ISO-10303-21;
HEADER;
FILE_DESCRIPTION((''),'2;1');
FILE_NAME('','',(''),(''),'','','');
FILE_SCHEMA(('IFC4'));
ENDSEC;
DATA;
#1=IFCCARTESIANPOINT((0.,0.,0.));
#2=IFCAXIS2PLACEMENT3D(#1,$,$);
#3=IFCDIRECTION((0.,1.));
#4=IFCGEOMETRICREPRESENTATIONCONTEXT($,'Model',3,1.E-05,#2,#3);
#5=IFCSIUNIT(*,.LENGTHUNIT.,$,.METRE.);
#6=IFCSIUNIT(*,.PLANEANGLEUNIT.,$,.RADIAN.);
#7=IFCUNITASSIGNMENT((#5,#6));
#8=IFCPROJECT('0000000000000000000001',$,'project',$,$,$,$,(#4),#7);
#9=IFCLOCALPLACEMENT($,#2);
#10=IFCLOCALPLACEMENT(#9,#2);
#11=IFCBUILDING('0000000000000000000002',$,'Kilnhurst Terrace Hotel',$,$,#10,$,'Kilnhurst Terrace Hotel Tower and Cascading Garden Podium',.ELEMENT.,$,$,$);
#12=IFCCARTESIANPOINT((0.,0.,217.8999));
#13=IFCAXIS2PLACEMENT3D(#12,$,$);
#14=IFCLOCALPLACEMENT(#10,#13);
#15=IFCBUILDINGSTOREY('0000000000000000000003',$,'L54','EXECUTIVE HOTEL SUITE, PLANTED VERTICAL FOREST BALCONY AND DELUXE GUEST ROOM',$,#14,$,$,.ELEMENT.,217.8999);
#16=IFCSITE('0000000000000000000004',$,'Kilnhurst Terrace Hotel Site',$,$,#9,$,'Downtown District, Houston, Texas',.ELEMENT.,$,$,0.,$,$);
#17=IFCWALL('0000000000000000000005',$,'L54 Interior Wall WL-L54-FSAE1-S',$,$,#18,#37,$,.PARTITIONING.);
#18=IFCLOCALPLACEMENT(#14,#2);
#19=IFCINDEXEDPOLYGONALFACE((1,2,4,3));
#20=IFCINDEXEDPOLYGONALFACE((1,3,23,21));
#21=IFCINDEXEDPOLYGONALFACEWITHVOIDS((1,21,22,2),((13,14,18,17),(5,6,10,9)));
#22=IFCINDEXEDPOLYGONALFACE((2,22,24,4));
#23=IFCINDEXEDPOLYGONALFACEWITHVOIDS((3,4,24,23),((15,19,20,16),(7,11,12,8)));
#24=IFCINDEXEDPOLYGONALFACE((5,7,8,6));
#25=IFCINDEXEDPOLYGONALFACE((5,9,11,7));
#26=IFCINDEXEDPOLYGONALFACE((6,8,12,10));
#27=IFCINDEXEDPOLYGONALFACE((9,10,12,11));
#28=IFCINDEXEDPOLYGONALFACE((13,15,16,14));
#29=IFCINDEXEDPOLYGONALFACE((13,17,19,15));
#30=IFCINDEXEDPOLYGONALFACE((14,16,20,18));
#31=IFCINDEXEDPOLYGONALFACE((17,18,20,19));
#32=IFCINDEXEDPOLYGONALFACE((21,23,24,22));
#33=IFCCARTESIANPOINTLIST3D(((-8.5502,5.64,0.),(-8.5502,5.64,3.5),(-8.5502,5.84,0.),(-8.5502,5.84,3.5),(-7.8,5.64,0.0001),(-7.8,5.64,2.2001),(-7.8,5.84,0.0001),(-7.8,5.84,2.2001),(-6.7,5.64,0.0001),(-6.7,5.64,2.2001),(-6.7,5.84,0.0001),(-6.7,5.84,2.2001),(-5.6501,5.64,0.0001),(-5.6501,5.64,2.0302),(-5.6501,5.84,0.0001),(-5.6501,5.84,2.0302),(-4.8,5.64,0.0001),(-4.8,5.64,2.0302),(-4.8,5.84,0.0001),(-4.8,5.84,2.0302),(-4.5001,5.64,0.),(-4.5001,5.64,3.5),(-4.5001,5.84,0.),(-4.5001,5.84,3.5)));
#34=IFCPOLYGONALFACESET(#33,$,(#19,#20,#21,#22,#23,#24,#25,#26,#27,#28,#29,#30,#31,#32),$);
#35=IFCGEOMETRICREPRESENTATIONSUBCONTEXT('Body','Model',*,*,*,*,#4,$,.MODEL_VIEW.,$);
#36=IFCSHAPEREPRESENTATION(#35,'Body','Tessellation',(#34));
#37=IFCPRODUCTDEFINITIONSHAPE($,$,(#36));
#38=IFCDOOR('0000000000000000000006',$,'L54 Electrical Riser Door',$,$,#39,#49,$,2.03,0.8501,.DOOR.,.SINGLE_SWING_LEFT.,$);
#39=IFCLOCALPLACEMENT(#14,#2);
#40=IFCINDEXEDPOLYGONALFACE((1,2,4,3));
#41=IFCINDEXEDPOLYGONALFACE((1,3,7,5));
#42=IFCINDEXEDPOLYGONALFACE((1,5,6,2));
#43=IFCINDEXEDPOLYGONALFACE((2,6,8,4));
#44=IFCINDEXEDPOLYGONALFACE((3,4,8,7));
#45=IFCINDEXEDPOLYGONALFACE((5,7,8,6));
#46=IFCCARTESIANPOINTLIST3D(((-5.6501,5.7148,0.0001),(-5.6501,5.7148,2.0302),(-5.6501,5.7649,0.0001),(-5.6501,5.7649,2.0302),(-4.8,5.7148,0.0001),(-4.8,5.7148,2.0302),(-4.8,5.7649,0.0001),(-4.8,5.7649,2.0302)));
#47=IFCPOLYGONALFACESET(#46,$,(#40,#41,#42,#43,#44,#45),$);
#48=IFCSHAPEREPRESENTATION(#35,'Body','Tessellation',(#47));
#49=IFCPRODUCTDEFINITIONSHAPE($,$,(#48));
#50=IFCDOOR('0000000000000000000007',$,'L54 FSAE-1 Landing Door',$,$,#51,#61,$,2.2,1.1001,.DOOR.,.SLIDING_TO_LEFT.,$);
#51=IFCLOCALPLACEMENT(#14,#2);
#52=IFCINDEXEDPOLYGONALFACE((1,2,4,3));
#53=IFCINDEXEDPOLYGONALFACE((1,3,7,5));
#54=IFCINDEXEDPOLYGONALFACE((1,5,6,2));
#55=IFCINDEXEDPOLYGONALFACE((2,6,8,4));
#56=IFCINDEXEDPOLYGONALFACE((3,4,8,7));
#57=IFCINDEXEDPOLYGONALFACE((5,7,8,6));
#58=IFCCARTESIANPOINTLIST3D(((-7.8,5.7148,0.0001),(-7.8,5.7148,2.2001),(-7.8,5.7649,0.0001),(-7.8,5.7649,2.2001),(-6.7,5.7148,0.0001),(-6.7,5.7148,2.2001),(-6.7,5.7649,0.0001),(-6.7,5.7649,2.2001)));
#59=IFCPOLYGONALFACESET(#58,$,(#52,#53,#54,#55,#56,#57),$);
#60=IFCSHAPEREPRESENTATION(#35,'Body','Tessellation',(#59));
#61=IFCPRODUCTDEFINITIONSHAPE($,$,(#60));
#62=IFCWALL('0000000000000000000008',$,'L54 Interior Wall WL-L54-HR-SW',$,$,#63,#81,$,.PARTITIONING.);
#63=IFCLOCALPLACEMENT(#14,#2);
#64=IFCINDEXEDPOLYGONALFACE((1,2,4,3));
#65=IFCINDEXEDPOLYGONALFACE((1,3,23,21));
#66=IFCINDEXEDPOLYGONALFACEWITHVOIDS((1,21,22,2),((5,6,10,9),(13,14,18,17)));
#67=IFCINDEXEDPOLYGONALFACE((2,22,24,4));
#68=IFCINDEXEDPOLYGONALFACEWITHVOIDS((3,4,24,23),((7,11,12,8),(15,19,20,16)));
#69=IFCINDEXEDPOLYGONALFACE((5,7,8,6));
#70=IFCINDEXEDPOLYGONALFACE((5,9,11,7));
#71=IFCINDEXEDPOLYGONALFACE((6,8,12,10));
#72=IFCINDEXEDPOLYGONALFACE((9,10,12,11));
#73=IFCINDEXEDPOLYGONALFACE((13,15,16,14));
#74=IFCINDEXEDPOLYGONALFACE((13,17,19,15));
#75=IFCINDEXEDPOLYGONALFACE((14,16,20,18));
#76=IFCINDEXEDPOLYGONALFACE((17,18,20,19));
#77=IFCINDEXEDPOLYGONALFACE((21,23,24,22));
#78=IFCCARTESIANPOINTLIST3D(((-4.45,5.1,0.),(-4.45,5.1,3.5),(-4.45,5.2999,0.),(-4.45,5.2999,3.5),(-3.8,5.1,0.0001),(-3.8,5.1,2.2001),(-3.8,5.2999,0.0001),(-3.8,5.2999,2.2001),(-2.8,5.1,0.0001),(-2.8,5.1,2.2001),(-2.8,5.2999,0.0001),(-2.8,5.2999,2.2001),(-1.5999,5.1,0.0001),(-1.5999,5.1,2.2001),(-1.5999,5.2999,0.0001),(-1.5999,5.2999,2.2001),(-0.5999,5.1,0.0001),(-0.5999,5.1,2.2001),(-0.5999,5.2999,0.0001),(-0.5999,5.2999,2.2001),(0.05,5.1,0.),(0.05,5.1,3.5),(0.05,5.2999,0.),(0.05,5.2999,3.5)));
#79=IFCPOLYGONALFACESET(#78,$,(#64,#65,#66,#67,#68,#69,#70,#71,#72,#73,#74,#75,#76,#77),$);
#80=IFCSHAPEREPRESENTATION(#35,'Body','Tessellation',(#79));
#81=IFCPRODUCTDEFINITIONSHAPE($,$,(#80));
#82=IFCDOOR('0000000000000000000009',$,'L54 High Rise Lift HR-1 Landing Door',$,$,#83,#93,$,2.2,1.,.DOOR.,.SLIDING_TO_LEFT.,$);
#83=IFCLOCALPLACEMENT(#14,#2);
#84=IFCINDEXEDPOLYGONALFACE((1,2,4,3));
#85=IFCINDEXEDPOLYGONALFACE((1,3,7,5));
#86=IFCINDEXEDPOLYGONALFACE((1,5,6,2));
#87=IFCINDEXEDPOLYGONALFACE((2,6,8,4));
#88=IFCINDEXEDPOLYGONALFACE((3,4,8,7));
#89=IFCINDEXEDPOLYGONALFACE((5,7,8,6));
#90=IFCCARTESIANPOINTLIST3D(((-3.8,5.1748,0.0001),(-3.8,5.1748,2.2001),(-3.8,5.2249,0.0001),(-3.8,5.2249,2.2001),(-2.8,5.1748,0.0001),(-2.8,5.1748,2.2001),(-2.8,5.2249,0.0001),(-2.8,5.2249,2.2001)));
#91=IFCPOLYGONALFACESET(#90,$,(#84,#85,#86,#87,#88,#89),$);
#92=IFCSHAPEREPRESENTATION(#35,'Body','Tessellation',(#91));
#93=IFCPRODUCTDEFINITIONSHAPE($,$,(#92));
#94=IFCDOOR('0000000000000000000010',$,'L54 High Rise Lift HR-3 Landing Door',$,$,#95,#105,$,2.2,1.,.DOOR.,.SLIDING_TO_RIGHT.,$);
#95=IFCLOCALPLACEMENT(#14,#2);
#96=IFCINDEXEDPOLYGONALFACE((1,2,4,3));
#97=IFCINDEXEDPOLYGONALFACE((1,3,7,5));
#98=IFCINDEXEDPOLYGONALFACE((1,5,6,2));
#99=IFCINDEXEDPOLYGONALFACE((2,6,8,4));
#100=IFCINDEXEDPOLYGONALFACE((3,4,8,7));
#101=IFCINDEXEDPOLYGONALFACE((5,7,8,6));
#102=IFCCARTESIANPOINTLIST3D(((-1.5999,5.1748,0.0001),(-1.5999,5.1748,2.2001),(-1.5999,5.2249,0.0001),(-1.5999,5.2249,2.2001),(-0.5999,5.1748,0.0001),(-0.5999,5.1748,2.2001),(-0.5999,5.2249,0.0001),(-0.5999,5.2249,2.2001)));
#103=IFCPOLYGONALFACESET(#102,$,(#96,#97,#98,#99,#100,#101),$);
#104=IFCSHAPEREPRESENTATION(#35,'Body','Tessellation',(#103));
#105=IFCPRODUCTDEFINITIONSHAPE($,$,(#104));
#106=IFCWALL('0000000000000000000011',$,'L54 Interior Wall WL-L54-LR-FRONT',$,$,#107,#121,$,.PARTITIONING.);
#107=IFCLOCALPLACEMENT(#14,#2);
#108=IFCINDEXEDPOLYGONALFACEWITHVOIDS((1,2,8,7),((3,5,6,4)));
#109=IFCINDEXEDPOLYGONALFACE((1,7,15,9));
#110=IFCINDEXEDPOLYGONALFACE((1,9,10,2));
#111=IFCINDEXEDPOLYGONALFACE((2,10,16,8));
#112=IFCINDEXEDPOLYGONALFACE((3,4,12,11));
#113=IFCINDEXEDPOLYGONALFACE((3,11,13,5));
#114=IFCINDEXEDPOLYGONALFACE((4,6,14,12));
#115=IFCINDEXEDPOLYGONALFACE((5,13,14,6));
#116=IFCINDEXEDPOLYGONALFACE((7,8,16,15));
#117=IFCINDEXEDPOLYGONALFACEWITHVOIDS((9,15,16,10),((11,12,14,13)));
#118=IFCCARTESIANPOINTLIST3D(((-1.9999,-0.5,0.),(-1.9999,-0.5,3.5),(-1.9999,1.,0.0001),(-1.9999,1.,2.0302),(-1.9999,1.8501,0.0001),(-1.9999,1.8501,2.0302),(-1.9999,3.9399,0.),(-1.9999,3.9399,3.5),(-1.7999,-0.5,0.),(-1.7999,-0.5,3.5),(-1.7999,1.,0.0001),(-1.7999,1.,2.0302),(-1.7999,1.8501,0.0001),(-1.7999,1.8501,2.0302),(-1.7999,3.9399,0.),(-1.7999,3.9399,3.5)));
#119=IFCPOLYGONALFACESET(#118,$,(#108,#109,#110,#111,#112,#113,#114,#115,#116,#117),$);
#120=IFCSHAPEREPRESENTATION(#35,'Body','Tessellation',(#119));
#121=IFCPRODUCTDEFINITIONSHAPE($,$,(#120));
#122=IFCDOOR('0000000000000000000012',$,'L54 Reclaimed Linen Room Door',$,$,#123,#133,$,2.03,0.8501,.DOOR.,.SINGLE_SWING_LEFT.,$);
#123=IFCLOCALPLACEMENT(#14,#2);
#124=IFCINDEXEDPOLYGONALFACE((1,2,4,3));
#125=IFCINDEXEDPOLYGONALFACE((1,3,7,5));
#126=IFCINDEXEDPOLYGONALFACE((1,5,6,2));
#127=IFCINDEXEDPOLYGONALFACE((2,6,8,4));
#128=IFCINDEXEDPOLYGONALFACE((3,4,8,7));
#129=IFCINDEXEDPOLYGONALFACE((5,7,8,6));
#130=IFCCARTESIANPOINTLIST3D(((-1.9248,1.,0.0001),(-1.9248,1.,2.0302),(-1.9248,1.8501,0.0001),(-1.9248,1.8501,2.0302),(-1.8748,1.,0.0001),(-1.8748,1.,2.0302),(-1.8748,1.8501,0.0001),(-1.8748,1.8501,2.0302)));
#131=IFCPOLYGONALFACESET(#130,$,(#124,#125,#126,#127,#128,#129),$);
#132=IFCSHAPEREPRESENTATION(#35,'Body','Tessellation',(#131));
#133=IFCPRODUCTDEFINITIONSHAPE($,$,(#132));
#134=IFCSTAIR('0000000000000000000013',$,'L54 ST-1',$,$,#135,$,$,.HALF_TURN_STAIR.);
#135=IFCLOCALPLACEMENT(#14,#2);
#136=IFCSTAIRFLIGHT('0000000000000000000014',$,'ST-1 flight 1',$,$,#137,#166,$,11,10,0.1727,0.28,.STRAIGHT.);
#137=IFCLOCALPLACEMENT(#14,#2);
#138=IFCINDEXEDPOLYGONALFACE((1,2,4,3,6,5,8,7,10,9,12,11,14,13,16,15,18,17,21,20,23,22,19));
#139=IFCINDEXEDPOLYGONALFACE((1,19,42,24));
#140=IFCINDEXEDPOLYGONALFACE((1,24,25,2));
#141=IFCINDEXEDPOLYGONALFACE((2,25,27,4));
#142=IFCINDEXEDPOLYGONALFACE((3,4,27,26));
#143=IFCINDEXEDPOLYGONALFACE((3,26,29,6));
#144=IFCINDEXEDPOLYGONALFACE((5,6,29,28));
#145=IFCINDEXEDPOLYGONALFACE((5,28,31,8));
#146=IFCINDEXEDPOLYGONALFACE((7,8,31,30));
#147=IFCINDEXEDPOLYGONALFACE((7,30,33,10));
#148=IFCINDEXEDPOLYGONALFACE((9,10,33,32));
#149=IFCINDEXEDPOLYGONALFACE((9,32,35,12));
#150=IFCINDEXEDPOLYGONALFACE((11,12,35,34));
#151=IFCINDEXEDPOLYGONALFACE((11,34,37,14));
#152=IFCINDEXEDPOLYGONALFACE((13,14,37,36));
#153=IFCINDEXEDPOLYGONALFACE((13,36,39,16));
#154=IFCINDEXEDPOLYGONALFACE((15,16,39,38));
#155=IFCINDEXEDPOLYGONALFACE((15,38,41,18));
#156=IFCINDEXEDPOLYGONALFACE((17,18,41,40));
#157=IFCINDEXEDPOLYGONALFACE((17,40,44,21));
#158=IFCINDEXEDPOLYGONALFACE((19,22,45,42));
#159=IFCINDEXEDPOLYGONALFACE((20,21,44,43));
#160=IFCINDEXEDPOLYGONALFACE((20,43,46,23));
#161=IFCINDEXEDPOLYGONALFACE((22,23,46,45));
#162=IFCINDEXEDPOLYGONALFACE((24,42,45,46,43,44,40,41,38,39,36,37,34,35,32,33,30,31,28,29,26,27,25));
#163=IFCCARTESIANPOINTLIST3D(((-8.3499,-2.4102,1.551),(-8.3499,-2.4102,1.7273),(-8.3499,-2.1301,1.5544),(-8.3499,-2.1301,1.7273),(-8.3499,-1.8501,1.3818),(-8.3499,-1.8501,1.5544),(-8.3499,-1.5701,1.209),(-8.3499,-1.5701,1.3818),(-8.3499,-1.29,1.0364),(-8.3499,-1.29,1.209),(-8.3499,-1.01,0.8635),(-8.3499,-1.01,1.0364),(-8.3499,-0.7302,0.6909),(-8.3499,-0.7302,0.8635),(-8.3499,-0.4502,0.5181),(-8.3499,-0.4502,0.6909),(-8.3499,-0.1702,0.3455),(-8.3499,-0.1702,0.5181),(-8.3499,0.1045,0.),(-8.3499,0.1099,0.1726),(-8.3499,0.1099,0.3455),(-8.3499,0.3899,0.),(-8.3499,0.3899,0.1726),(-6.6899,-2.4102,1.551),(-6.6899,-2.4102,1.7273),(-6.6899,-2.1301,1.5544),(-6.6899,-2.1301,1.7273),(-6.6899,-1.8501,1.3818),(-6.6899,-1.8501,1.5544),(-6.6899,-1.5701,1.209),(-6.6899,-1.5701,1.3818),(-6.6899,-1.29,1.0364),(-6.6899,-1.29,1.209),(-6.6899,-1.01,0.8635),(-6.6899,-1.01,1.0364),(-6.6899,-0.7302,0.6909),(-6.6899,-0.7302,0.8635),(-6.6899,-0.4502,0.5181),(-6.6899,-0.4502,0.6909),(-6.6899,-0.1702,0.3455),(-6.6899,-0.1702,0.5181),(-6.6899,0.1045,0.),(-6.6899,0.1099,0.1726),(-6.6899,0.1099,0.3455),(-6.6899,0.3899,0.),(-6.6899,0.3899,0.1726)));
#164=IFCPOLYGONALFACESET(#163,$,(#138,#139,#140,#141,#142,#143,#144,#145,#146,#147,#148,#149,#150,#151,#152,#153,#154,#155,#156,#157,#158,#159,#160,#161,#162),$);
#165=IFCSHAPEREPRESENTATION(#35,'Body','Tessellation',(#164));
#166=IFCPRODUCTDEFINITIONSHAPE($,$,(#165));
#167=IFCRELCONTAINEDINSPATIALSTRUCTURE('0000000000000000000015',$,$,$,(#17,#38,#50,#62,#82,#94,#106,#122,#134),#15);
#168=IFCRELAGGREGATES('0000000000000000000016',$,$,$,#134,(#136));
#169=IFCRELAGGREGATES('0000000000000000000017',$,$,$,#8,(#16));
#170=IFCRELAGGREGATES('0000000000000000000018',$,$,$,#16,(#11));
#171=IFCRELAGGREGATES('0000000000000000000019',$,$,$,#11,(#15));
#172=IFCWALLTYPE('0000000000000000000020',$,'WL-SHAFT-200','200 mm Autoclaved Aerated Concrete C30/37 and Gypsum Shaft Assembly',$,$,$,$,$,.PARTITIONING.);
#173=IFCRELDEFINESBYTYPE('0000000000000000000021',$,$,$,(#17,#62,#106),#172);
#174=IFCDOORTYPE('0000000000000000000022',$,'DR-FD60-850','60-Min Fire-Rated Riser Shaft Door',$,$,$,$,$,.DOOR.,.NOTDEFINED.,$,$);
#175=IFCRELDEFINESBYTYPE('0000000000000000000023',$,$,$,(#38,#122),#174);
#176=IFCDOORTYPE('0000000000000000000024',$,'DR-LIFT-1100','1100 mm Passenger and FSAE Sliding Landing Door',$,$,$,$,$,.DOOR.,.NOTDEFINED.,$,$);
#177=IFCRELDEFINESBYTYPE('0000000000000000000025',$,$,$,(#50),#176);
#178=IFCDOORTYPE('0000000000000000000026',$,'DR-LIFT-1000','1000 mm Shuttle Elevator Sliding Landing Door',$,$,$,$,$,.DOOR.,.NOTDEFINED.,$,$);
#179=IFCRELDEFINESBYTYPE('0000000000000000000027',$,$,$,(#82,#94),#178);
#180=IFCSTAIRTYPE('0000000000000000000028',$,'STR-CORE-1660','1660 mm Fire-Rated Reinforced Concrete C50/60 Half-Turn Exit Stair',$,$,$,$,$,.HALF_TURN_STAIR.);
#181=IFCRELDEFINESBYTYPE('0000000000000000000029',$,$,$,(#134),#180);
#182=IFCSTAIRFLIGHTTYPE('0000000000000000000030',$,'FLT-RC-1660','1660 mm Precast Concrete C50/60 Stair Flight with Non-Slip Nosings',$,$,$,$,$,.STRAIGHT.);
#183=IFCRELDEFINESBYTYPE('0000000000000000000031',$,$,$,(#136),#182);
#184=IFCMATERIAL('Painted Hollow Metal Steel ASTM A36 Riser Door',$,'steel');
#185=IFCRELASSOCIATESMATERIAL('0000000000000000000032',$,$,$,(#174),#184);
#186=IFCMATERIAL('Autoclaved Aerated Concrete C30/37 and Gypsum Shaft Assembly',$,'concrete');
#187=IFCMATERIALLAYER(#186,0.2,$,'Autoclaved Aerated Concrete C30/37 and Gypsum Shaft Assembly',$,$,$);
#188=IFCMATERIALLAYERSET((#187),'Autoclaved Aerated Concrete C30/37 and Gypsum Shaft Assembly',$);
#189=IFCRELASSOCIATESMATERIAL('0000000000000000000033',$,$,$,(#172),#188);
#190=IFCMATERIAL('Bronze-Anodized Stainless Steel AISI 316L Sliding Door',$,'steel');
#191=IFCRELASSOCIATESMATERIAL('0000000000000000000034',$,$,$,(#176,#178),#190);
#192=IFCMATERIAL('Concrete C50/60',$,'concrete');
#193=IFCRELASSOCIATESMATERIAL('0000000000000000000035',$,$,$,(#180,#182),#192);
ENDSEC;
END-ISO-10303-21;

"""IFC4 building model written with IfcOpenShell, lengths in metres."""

from ifc_helpers import new_model, si_unit, direction, frame, frame_2d, origin, place, context, subcontext, project, spatial, polyline, rectangle, outline, extrude, material, layer, layer_set, type_object, element, fill, aggregate, save


model = new_model("IFC4")

# Units and contexts
model_context = context("Model", 3, precision=1e-05, world=origin(), true_north=direction((0.0, 1.0)))
body_context = subcontext(model_context, "Body", "Model", "MODEL_VIEW")
ifc_project = project(units=[si_unit("LENGTHUNIT", "METRE"), si_unit("PLANEANGLEUNIT", "RADIAN")], contexts=[model_context])

# Site, building, storey
site_placement = place(None, origin())
site = spatial("IfcSite", under=ifc_project, at=site_placement, Name="Kilnhurst Terrace Hotel Site", LongName="Downtown District, Houston, Texas", CompositionType="ELEMENT", RefElevation=0.0)
building_placement = place(site_placement, origin())
building = spatial("IfcBuilding", under=site, at=building_placement, Name="Kilnhurst Terrace Hotel", LongName="Kilnhurst Terrace Hotel Tower and Cascading Garden Podium", CompositionType="ELEMENT")
storey_placement = place(building_placement, frame((0.0, 0.0, 217.8999)))
storey = spatial("IfcBuildingStorey", under=building, at=storey_placement, Name="L54", Description="EXECUTIVE HOTEL SUITE, PLANTED VERTICAL FOREST BALCONY AND DELUXE GUEST ROOM", CompositionType="ELEMENT", Elevation=217.8999)

# Shared definitions
ifc_material_1 = material(Name="Concrete C50/60", Category="concrete")

# Walls, openings, doors
ifc_material_2 = material(Name="Painted Hollow Metal Steel ASTM A36 Riser Door", Category="steel")
door_type_1 = type_object("IfcDoorType", Name="DR-FD60-850", Description="60-Min Fire-Rated Riser Shaft Door", OperationType="NOTDEFINED", PredefinedType="DOOR", material=ifc_material_2)
ifc_material_3 = material(Name="Autoclaved Aerated Concrete C30/37 and Gypsum Shaft Assembly", Category="concrete")
ifc_layer_1 = layer(ifc_material_3, 0.2, Name="Autoclaved Aerated Concrete C30/37 and Gypsum Shaft Assembly")
ifc_layer_set_1 = layer_set([ifc_layer_1], Name="Autoclaved Aerated Concrete C30/37 and Gypsum Shaft Assembly")
wall_type_1 = type_object("IfcWallType", Name="WL-SHAFT-200", Description="200 mm Autoclaved Aerated Concrete C30/37 and Gypsum Shaft Assembly", PredefinedType="PARTITIONING", material=ifc_layer_set_1)
wall_1_placement = place(storey_placement, frame((-8.55, 5.74, 0.0), z_axis=(0.0, 0.0, 1.0), x_axis=(1.0, 0.0, 0.0)))
wall_1 = element("IfcWall", 1, at=wall_1_placement, inside=storey, type_object=wall_type_1, Name="L54 Interior Wall WL-L54-FSAE1-S", PredefinedType="PARTITIONING", context=body_context, shape_type="SweptSolid", body=[
    extrude(rectangle(XDim=4.05, YDim=0.2, at=frame_2d((2.0249, 0.0))), origin(), (0.0, 0.0, 1.0), 3.5),
])
opening_1_placement = place(wall_1_placement, frame((0.75, 0.0, 0.0)))
opening_1 = element("IfcOpeningElement", 2, at=opening_1_placement, cuts=wall_1, PredefinedType="OPENING", context=body_context, shape_type="SweptSolid", body=[
    extrude(rectangle(XDim=1.1001, YDim=2.2, at=frame_2d((0.55, 1.1001))), frame((0.0, 0.1099, 0.0), z_axis=(0.0, -1.0, 0.0), x_axis=(1.0, 0.0, 0.0)), (0.0, 0.0, 1.0), 0.22),
])
opening_2_placement = place(wall_1_placement, frame((2.8999, 0.0, 0.0)))
opening_2 = element("IfcOpeningElement", 3, at=opening_2_placement, cuts=wall_1, PredefinedType="OPENING", context=body_context, shape_type="SweptSolid", body=[
    extrude(rectangle(XDim=0.8501, YDim=2.03, at=frame_2d((0.425, 1.0151))), frame((0.0, 0.1099, 0.0), z_axis=(0.0, -1.0, 0.0), x_axis=(1.0, 0.0, 0.0)), (0.0, 0.0, 1.0), 0.22),
])
door_1_placement = place(opening_2_placement, origin())
door_1 = element("IfcDoor", 4, at=door_1_placement, inside=storey, type_object=door_type_1, Name="L54 Electrical Riser Door", OperationType="SINGLE_SWING_LEFT", OverallHeight=2.03, OverallWidth=0.8501, PredefinedType="DOOR", context=body_context, shape_type="SweptSolid", body=[
    extrude(rectangle(XDim=0.8501, YDim=2.03, at=frame_2d((0.425, 1.0151))), frame((0.0, 0.0249, 0.0), z_axis=(0.0, -1.0, 0.0), x_axis=(1.0, 0.0, 0.0)), (0.0, 0.0, 1.0), 0.05),
])
fill(opening_2, door_1)
ifc_material_4 = material(Name="Bronze-Anodized Stainless Steel AISI 316L Sliding Door", Category="steel")
door_type_2 = type_object("IfcDoorType", Name="DR-LIFT-1100", Description="1100 mm Passenger and FSAE Sliding Landing Door", OperationType="NOTDEFINED", PredefinedType="DOOR", material=ifc_material_4)
door_2_placement = place(opening_1_placement, origin())
door_2 = element("IfcDoor", 5, at=door_2_placement, inside=storey, type_object=door_type_2, Name="L54 FSAE-1 Landing Door", OperationType="SLIDING_TO_LEFT", OverallHeight=2.2, OverallWidth=1.1001, PredefinedType="DOOR", context=body_context, shape_type="SweptSolid", body=[
    extrude(rectangle(XDim=1.1001, YDim=2.2, at=frame_2d((0.55, 1.1001))), frame((0.0, 0.0249, 0.0), z_axis=(0.0, -1.0, 0.0), x_axis=(1.0, 0.0, 0.0)), (0.0, 0.0, 1.0), 0.05),
])
fill(opening_1, door_2)
wall_2_placement = place(storey_placement, frame((-4.45, 5.2, 0.0), z_axis=(0.0, 0.0, 1.0), x_axis=(1.0, 0.0, 0.0)))
wall_2 = element("IfcWall", 6, at=wall_2_placement, inside=storey, type_object=wall_type_1, Name="L54 Interior Wall WL-L54-HR-SW", PredefinedType="PARTITIONING", context=body_context, shape_type="SweptSolid", body=[
    extrude(rectangle(XDim=4.5, YDim=0.2, at=frame_2d((2.25, 0.0))), origin(), (0.0, 0.0, 1.0), 3.5),
])
opening_3_placement = place(wall_2_placement, frame((0.6499, 0.0, 0.0)))
opening_3 = element("IfcOpeningElement", 7, at=opening_3_placement, cuts=wall_2, PredefinedType="OPENING", context=body_context, shape_type="SweptSolid", body=[
    extrude(rectangle(XDim=1.0, YDim=2.2, at=frame_2d((0.5, 1.1001))), frame((0.0, 0.1099, 0.0), z_axis=(0.0, -1.0, 0.0), x_axis=(1.0, 0.0, 0.0)), (0.0, 0.0, 1.0), 0.22),
])
opening_4_placement = place(wall_2_placement, frame((2.8501, 0.0, 0.0)))
opening_4 = element("IfcOpeningElement", 8, at=opening_4_placement, cuts=wall_2, PredefinedType="OPENING", context=body_context, shape_type="SweptSolid", body=[
    extrude(rectangle(XDim=1.0, YDim=2.2, at=frame_2d((0.5, 1.1001))), frame((0.0, 0.1099, 0.0), z_axis=(0.0, -1.0, 0.0), x_axis=(1.0, 0.0, 0.0)), (0.0, 0.0, 1.0), 0.22),
])
door_type_3 = type_object("IfcDoorType", Name="DR-LIFT-1000", Description="1000 mm Shuttle Elevator Sliding Landing Door", OperationType="NOTDEFINED", PredefinedType="DOOR", material=ifc_material_4)
door_3_placement = place(opening_3_placement, origin())
door_3 = element("IfcDoor", 9, at=door_3_placement, inside=storey, type_object=door_type_3, Name="L54 High Rise Lift HR-1 Landing Door", OperationType="SLIDING_TO_LEFT", OverallHeight=2.2, OverallWidth=1.0, PredefinedType="DOOR", context=body_context, shape_type="SweptSolid", body=[
    extrude(rectangle(XDim=1.0, YDim=2.2, at=frame_2d((0.5, 1.1001))), frame((0.0, 0.0249, 0.0), z_axis=(0.0, -1.0, 0.0), x_axis=(1.0, 0.0, 0.0)), (0.0, 0.0, 1.0), 0.05),
])
fill(opening_3, door_3)
door_4_placement = place(opening_4_placement, origin())
door_4 = element("IfcDoor", 10, at=door_4_placement, inside=storey, type_object=door_type_3, Name="L54 High Rise Lift HR-3 Landing Door", OperationType="SLIDING_TO_RIGHT", OverallHeight=2.2, OverallWidth=1.0, PredefinedType="DOOR", context=body_context, shape_type="SweptSolid", body=[
    extrude(rectangle(XDim=1.0, YDim=2.2, at=frame_2d((0.5, 1.1001))), frame((0.0, 0.0249, 0.0), z_axis=(0.0, -1.0, 0.0), x_axis=(1.0, 0.0, 0.0)), (0.0, 0.0, 1.0), 0.05),
])
fill(opening_4, door_4)

# Wall, opening, door
wall_3_placement = place(storey_placement, frame((-1.8999, -0.5, 0.0), z_axis=(0.0, 0.0, 1.0), x_axis=(0.0, 1.0, 0.0)))
wall_3 = element("IfcWall", 11, at=wall_3_placement, inside=storey, type_object=wall_type_1, Name="L54 Interior Wall WL-L54-LR-FRONT", PredefinedType="PARTITIONING", context=body_context, shape_type="SweptSolid", body=[
    extrude(rectangle(XDim=4.4399, YDim=0.2, at=frame_2d((2.22, 0.0))), origin(), (0.0, 0.0, 1.0), 3.5),
])
opening_5_placement = place(wall_3_placement, frame((1.5, 0.0, 0.0)))
opening_5 = element("IfcOpeningElement", 12, at=opening_5_placement, cuts=wall_3, PredefinedType="OPENING", context=body_context, shape_type="SweptSolid", body=[
    extrude(rectangle(XDim=0.8501, YDim=2.03, at=frame_2d((0.425, 1.0151))), frame((0.0, 0.1099, 0.0), z_axis=(0.0, -1.0, 0.0), x_axis=(1.0, 0.0, 0.0)), (0.0, 0.0, 1.0), 0.22),
])
door_5_placement = place(opening_5_placement, origin())
door_5 = element("IfcDoor", 13, at=door_5_placement, inside=storey, type_object=door_type_1, Name="L54 Reclaimed Linen Room Door", OperationType="SINGLE_SWING_LEFT", OverallHeight=2.03, OverallWidth=0.8501, PredefinedType="DOOR", context=body_context, shape_type="SweptSolid", body=[
    extrude(rectangle(XDim=0.8501, YDim=2.03, at=frame_2d((0.425, 1.0151))), frame((0.0, 0.0249, 0.0), z_axis=(0.0, -1.0, 0.0), x_axis=(1.0, 0.0, 0.0)), (0.0, 0.0, 1.0), 0.05),
])
fill(opening_5, door_5)

# Stair, stair flight
stair_type = type_object("IfcStairType", Name="STR-CORE-1660", Description="1660 mm Fire-Rated Reinforced Concrete C50/60 Half-Turn Exit Stair", PredefinedType="HALF_TURN_STAIR", material=ifc_material_1)
stair_placement = place(storey_placement, origin())
stair = element("IfcStair", 14, at=stair_placement, inside=storey, type_object=stair_type, Name="L54 ST-1", PredefinedType="HALF_TURN_STAIR")
stair_flight_type = type_object("IfcStairFlightType", Name="FLT-RC-1660", Description="1660 mm Precast Concrete C50/60 Stair Flight with Non-Slip Nosings", PredefinedType="STRAIGHT", material=ifc_material_1)
stair_flight_placement = place(storey_placement, frame((-7.52, 0.3899, 0.0), z_axis=(0.0, 0.0, 1.0), x_axis=(0.0, -1.0, 0.0)))
stair_flight = element("IfcStairFlight", 15, at=stair_flight_placement, type_object=stair_flight_type, Name="ST-1 flight 1", NumberOfRisers=11, NumberOfTreads=10, PredefinedType="STRAIGHT", RiserHeight=0.1727, TreadLength=0.28, context=body_context, shape_type="SweptSolid", body=[
    extrude(outline(polyline([(0.0, 0.0), (0.0, 0.1726), (0.28, 0.1726), (0.28, 0.3455), (0.5601, 0.3455), (0.5601, 0.5181), (0.8401, 0.5181), (0.8401, 0.6909), (1.1201, 0.6909), (1.1201, 0.8635), (1.3999, 0.8635), (1.3999, 1.0364), (1.6799, 1.0364), (1.6799, 1.209), (1.96, 1.209), (1.96, 1.3818), (2.24, 1.3818), (2.24, 1.5544), (2.52, 1.5544), (2.52, 1.7273), (2.8, 1.7273), (2.8, 1.8999), (2.8, 1.551), (0.2854, 0.0), (0.0, 0.0)])), frame((0.0, 0.8301, 0.0), z_axis=(0.0, -1.0, 0.0), x_axis=(1.0, 0.0, 0.0)), (0.0, 0.0, 1.0), 1.6599),
])
aggregate(stair, [stair_flight])

save(model, "model.ifc")
